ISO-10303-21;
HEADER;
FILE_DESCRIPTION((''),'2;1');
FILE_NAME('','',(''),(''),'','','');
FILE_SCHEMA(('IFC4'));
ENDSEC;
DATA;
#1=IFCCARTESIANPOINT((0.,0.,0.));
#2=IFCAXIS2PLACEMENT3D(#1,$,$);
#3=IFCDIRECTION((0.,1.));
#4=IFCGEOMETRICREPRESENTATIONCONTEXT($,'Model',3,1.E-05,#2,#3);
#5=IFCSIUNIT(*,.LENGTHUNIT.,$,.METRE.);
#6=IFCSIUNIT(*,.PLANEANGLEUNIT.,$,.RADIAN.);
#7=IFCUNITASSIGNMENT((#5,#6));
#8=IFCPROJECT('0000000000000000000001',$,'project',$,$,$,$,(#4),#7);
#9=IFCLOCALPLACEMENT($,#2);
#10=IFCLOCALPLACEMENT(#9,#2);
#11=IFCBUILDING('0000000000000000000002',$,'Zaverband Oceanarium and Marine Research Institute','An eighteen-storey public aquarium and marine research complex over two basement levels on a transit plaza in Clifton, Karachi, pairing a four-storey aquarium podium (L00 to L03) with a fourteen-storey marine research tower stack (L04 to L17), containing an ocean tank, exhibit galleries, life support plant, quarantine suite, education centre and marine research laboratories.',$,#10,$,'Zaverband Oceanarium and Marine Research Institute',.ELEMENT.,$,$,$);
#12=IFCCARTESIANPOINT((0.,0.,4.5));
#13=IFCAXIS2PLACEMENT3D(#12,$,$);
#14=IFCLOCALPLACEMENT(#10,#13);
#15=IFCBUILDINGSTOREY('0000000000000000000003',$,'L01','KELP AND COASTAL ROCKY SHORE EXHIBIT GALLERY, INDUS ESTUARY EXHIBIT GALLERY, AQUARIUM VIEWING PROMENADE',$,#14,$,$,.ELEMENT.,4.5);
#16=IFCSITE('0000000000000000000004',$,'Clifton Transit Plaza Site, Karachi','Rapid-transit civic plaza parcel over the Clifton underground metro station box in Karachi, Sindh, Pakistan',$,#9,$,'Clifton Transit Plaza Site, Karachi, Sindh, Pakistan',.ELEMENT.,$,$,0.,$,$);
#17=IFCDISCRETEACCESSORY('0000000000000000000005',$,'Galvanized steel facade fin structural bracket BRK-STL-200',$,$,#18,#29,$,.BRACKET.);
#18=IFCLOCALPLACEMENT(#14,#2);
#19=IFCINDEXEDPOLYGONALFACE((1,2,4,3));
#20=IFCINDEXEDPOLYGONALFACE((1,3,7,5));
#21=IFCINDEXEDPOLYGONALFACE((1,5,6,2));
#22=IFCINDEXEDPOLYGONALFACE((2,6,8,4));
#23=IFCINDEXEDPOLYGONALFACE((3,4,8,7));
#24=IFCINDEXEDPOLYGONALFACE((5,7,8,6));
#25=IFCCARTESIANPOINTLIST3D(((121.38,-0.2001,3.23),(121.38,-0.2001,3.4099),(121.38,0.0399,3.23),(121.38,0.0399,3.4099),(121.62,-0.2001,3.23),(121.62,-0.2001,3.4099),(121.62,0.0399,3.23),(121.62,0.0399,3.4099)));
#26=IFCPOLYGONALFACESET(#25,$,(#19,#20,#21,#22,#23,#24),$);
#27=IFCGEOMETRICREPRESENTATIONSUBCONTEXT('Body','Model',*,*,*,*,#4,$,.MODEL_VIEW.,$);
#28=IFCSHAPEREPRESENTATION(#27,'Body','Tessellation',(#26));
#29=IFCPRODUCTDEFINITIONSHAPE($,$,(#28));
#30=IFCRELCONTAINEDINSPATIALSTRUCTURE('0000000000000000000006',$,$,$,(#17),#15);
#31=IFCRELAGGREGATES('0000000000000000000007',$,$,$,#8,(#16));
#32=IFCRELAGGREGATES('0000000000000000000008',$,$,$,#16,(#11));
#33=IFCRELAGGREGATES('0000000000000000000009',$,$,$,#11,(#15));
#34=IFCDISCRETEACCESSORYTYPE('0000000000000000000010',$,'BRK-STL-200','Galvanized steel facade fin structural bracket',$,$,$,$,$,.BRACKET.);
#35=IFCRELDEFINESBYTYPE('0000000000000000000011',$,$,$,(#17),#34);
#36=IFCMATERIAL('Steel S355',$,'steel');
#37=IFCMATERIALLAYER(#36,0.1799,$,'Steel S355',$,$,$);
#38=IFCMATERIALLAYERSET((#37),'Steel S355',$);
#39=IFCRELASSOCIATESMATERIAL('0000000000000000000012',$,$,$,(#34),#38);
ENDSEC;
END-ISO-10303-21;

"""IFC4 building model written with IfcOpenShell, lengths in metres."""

from ifc_helpers import new_model, si_unit, direction, frame, origin, origin_2d, place, context, subcontext, project, spatial, rectangle, extrude, material, layer, layer_set, type_object, element, save


model = new_model("IFC4")

# Units and contexts
model_context = context("Model", 3, precision=1e-05, world=origin(), true_north=direction((0.0, 1.0)))
body_context = subcontext(model_context, "Body", "Model", "MODEL_VIEW")
ifc_project = project(units=[si_unit("LENGTHUNIT", "METRE"), si_unit("PLANEANGLEUNIT", "RADIAN")], contexts=[model_context])

# Site, building, storey
site_placement = place(None, origin())
site = spatial("IfcSite", under=ifc_project, at=site_placement, Name="Clifton Transit Plaza Site, Karachi", Description="Rapid-transit civic plaza parcel over the Clifton underground metro station box in Karachi, Sindh, Pakistan", LongName="Clifton Transit Plaza Site, Karachi, Sindh, Pakistan", CompositionType="ELEMENT", RefElevation=0.0)
building_placement = place(site_placement, origin())
building = spatial("IfcBuilding", under=site, at=building_placement, Name="Zaverband Oceanarium and Marine Research Institute", Description="An eighteen-storey public aquarium and marine research complex over two basement levels on a transit plaza in Clifton, Karachi, pairing a four-storey aquarium podium (L00 to L03) with a fourteen-storey marine research tower stack (L04 to L17), containing an ocean tank, exhibit galleries, life support plant, quarantine suite, education centre and marine research laboratories.", LongName="Zaverband Oceanarium and Marine Research Institute", CompositionType="ELEMENT")
storey_placement = place(building_placement, frame((0.0, 0.0, 4.5)))
storey = spatial("IfcBuildingStorey", under=building, at=storey_placement, Name="L01", Description="KELP AND COASTAL ROCKY SHORE EXHIBIT GALLERY, INDUS ESTUARY EXHIBIT GALLERY, AQUARIUM VIEWING PROMENADE", CompositionType="ELEMENT", Elevation=4.5)

# Discrete accessory
ifc_material_1 = material(Name="Steel S355", Category="steel")
ifc_layer_1 = layer(ifc_material_1, 0.1799, Name="Steel S355")
ifc_layer_set_1 = layer_set([ifc_layer_1], Name="Steel S355")
discrete_accessory_type = type_object("IfcDiscreteAccessoryType", Name="BRK-STL-200", Description="Galvanized steel facade fin structural bracket", PredefinedType="BRACKET", material=ifc_layer_set_1)
discrete_accessory_placement = place(storey_placement, frame((121.5, -0.0801, 3.23), z_axis=(0.0, 0.0, 1.0), x_axis=(1.0, 0.0, 0.0)))
element("IfcDiscreteAccessory", 1, at=discrete_accessory_placement, inside=storey, type_object=discrete_accessory_type, Name="Galvanized steel facade fin structural bracket BRK-STL-200", PredefinedType="BRACKET", context=body_context, shape_type="SweptSolid", body=[
    extrude(rectangle(XDim=0.24, YDim=0.24, at=origin_2d()), origin(), (0.0, 0.0, 1.0), 0.1799),
])

save(model, "model.ifc")
